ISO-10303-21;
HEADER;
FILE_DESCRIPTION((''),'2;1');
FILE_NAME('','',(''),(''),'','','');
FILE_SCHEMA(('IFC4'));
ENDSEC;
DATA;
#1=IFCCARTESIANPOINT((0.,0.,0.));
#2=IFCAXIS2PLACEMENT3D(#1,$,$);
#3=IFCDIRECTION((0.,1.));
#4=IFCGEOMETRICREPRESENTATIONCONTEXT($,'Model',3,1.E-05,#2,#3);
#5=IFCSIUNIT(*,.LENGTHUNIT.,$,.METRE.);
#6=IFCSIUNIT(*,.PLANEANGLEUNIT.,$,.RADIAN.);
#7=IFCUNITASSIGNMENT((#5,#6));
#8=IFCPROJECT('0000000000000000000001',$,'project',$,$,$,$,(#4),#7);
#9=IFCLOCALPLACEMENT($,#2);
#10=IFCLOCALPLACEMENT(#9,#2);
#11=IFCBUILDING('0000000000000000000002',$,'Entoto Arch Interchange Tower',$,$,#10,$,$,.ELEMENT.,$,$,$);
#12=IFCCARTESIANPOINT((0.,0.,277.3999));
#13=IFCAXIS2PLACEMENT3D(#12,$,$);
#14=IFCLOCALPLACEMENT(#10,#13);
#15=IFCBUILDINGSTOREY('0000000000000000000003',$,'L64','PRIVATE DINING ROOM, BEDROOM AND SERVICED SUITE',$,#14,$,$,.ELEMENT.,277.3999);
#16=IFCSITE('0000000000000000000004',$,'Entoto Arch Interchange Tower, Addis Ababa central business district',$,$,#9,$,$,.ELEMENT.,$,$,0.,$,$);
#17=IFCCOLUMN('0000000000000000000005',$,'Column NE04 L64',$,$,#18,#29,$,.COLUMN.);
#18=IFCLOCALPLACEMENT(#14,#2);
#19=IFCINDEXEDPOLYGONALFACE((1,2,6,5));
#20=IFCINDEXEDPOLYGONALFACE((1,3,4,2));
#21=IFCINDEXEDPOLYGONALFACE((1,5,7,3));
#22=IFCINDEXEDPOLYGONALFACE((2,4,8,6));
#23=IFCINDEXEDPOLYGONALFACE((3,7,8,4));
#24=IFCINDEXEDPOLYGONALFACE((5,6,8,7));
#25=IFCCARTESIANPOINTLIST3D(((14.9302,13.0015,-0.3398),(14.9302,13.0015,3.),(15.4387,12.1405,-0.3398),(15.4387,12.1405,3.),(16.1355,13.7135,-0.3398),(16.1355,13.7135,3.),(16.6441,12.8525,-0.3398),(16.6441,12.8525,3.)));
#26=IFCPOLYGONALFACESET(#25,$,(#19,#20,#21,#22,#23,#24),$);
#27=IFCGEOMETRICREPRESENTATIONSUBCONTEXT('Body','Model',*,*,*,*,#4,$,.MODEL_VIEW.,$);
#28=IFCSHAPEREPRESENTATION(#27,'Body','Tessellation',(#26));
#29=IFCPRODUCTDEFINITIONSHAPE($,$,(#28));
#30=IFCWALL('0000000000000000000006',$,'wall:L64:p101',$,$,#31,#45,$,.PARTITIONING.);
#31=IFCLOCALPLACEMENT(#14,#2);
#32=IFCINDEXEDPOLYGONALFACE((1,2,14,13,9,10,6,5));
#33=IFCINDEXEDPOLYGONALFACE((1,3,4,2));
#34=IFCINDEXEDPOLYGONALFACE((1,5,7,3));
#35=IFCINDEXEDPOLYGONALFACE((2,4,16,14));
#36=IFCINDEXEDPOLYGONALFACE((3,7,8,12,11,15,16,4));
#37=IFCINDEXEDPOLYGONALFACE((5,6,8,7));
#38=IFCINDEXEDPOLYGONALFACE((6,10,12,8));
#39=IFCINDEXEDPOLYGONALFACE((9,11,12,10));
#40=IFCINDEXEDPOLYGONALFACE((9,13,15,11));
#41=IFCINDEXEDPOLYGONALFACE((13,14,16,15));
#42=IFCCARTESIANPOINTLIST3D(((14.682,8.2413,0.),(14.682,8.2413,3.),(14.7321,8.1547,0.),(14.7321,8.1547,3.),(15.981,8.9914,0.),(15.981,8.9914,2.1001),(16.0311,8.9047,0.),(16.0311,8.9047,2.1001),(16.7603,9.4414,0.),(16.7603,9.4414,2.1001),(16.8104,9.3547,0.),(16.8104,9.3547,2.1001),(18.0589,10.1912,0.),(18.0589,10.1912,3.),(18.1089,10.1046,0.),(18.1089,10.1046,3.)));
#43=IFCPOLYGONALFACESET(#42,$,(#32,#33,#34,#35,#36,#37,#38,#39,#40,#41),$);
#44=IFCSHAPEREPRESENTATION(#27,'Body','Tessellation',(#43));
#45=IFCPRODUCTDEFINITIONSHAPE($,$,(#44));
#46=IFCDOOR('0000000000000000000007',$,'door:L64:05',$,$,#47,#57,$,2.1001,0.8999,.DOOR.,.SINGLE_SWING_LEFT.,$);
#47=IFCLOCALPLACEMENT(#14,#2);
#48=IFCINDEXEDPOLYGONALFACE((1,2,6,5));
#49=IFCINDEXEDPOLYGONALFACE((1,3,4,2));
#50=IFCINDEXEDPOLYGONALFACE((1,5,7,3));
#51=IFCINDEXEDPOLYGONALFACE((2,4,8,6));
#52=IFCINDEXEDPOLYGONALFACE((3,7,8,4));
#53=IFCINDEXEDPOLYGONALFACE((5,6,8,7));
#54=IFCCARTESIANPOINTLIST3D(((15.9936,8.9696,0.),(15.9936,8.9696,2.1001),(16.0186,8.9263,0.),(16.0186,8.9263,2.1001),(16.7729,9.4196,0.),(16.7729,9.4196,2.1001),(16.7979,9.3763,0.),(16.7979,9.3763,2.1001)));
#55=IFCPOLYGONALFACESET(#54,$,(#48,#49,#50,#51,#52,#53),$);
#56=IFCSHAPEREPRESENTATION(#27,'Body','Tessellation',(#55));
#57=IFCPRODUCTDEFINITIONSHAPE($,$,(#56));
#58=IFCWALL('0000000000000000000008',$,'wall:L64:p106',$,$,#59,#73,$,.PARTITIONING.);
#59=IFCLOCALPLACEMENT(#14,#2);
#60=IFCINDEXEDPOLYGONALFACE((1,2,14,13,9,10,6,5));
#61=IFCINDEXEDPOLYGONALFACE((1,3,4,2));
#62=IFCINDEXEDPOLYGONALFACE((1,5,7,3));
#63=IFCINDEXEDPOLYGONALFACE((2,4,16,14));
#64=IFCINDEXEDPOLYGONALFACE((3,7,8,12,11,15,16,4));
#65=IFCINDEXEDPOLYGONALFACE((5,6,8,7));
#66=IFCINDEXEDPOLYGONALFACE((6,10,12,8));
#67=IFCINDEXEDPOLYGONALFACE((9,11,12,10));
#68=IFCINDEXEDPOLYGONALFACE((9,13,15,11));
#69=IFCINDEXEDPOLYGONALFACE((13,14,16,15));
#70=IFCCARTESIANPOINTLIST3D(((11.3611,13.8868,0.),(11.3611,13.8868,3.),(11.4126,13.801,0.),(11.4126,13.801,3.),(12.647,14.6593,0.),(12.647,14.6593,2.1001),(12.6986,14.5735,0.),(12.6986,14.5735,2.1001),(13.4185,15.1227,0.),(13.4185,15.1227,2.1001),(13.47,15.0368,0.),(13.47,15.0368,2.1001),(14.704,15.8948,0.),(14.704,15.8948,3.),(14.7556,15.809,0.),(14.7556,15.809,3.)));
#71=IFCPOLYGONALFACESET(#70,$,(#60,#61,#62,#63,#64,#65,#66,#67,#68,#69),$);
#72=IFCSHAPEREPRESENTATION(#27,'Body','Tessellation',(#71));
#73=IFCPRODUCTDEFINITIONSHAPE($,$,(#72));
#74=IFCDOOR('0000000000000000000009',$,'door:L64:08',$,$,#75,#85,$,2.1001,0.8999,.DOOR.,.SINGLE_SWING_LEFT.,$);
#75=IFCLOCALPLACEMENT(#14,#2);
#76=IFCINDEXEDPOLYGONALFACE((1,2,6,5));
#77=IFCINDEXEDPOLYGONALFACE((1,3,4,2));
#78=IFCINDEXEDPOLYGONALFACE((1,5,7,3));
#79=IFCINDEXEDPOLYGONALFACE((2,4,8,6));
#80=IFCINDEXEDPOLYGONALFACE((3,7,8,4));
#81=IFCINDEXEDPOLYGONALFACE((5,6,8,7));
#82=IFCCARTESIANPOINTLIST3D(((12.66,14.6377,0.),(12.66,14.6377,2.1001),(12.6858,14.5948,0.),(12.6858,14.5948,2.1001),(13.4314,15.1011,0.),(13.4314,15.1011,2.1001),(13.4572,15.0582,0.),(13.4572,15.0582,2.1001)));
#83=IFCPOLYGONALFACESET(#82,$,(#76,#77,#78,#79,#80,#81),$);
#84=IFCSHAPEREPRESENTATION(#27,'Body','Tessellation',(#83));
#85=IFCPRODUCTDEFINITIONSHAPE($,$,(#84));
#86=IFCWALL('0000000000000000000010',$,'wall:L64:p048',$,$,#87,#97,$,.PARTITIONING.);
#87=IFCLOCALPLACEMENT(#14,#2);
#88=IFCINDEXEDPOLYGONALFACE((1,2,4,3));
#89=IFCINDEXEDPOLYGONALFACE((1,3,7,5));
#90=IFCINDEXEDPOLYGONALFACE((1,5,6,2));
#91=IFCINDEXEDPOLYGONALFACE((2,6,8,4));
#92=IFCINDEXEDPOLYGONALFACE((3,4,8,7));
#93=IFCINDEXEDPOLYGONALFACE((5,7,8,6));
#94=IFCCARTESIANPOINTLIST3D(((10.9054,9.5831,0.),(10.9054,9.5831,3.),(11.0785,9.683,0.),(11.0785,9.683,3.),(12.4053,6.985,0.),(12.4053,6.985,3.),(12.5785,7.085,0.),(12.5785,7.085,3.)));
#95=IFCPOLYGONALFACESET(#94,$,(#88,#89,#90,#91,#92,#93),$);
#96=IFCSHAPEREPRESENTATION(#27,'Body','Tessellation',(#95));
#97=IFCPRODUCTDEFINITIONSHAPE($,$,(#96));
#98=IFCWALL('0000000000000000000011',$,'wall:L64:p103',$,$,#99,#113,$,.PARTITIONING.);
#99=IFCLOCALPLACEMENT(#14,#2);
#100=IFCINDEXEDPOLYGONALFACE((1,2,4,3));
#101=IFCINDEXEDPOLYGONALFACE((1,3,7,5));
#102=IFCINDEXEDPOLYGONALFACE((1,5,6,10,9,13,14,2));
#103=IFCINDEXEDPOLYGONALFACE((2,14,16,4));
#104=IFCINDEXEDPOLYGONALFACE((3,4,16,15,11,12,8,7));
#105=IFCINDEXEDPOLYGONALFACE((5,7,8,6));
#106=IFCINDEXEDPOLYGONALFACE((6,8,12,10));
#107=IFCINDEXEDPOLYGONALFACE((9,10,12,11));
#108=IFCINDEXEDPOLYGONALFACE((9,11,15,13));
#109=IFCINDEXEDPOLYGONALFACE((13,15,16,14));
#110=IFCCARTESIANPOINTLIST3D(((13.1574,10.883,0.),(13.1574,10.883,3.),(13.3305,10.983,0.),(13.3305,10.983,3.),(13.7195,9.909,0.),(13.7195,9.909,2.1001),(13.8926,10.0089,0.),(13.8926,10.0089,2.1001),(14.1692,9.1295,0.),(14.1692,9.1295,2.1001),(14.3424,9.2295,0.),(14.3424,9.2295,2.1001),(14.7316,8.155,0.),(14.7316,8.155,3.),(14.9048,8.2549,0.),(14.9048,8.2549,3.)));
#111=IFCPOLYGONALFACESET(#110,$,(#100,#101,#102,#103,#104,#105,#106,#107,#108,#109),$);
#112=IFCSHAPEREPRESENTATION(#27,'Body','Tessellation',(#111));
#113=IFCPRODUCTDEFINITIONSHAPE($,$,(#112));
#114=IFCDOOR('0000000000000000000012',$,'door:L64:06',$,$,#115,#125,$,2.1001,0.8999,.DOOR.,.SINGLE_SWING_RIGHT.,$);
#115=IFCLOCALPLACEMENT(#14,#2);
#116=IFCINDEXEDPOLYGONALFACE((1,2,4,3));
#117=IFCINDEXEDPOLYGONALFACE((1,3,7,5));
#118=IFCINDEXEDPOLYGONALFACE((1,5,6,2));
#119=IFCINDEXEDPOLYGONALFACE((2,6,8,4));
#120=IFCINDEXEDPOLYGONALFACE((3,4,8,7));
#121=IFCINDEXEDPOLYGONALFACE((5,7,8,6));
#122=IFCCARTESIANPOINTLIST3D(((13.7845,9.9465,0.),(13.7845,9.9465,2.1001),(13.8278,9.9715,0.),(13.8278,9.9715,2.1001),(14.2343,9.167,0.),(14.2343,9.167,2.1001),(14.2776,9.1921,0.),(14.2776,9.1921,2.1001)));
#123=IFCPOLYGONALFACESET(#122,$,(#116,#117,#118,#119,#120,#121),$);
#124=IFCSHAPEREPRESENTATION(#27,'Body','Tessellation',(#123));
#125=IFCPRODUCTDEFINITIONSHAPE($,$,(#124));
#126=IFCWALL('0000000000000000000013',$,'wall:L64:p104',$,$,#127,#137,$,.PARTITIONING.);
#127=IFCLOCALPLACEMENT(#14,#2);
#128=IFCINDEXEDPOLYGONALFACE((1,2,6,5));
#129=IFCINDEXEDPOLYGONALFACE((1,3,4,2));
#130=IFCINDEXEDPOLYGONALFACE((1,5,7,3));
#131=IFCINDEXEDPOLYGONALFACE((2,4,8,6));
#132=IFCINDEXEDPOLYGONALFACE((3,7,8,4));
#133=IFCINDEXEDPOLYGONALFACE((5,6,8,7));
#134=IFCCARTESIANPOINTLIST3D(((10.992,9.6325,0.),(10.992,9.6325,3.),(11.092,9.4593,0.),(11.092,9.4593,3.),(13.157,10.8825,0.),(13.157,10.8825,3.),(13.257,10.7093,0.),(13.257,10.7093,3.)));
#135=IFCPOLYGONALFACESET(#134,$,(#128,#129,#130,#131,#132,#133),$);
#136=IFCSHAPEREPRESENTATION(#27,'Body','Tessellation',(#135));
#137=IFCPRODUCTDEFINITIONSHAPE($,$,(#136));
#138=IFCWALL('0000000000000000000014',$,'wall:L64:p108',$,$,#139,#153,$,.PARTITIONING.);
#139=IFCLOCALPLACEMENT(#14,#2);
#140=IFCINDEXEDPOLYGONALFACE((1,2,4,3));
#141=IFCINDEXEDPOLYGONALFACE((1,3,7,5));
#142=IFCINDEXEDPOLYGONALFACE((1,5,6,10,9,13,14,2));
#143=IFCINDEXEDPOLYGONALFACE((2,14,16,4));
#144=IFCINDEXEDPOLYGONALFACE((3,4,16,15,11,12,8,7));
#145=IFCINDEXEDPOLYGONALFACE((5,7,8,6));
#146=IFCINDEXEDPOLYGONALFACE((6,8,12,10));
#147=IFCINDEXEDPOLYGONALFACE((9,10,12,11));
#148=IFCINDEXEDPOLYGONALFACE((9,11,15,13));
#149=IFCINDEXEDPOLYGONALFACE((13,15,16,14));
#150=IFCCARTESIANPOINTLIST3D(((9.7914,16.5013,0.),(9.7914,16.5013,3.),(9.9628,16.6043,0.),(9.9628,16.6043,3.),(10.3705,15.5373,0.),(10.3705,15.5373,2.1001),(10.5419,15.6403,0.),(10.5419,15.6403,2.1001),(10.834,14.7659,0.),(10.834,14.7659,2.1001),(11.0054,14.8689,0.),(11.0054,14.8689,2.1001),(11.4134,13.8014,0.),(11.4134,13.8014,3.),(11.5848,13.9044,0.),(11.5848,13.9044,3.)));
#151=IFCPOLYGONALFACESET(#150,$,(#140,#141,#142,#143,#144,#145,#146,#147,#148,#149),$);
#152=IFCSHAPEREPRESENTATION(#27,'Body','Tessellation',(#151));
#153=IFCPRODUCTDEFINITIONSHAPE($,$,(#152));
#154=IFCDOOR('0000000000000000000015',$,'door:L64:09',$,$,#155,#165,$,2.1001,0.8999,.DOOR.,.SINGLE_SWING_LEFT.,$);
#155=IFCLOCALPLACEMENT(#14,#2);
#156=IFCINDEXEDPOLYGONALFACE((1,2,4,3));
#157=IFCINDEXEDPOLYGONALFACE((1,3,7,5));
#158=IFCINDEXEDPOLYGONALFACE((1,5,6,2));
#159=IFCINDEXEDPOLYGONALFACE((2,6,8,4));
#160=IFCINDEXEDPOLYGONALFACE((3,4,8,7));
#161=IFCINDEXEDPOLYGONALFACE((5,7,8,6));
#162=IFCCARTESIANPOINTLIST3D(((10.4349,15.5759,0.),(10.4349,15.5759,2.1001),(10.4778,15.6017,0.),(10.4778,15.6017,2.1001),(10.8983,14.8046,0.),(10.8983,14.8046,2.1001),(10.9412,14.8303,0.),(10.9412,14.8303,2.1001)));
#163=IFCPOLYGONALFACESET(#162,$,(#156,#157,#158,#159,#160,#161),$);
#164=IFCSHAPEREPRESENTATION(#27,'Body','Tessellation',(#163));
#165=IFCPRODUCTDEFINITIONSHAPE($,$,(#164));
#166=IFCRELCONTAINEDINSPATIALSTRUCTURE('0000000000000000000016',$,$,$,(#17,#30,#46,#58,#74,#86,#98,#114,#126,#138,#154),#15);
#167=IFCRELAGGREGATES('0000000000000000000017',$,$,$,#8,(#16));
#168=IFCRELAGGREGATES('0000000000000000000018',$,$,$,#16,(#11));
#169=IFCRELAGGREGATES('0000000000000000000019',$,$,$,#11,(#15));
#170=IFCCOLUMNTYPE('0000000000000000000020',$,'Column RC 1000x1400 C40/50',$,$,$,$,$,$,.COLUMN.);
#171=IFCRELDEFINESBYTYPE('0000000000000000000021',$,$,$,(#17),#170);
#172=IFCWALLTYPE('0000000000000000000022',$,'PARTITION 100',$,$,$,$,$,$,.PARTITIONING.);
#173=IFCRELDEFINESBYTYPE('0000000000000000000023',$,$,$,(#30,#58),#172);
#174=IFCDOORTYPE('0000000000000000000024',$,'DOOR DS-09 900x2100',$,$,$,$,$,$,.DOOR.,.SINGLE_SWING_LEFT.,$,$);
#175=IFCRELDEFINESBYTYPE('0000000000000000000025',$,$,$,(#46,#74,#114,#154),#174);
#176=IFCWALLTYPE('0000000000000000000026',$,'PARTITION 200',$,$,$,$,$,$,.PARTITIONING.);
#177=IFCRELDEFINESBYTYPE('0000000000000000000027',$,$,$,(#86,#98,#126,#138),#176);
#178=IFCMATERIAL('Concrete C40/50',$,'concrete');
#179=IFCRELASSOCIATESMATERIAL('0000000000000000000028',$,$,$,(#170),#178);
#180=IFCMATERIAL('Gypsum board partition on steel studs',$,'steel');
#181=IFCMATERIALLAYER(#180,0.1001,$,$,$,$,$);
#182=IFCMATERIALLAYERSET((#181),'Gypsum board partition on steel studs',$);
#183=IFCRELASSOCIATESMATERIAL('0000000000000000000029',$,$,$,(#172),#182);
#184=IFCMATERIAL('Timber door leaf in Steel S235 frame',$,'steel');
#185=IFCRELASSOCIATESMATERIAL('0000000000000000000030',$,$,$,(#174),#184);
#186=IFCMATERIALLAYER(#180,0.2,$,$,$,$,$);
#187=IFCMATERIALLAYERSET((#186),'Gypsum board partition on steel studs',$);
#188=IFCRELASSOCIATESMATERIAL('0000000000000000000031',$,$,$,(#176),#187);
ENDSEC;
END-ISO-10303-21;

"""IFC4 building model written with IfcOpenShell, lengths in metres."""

from ifc_helpers import new_model, si_unit, direction, frame, frame_2d, origin, origin_2d, place, context, subcontext, project, spatial, rectangle, extrude, material, layer, layer_set, material_profile, profile_set, type_object, element, fill, save


model = new_model("IFC4")

# Units and contexts
model_context = context("Model", 3, precision=1e-05, world=origin(), true_north=direction((0.0, 1.0)))
body_context = subcontext(model_context, "Body", "Model", "MODEL_VIEW")
ifc_project = project(units=[si_unit("LENGTHUNIT", "METRE"), si_unit("PLANEANGLEUNIT", "RADIAN")], contexts=[model_context])

# Site, building, storey
site_placement = place(None, origin())
site = spatial("IfcSite", under=ifc_project, at=site_placement, Name="Entoto Arch Interchange Tower, Addis Ababa central business district", CompositionType="ELEMENT", RefElevation=0.0)
building_placement = place(site_placement, origin())
building = spatial("IfcBuilding", under=site, at=building_placement, Name="Entoto Arch Interchange Tower", CompositionType="ELEMENT")
storey_placement = place(building_placement, frame((0.0, 0.0, 277.3999)))
storey = spatial("IfcBuildingStorey", under=building, at=storey_placement, Name="L64", Description="PRIVATE DINING ROOM, BEDROOM AND SERVICED SUITE", CompositionType="ELEMENT", Elevation=277.3999)

# Column
ifc_material_1 = material(Name="Concrete C40/50", Category="concrete")
ifc_material_profile = material_profile(ifc_material_1, rectangle(XDim=1.0, YDim=1.3999, at=origin_2d()))
ifc_profile_set = profile_set([ifc_material_profile], Name="Concrete C40/50")
column_type = type_object("IfcColumnType", Name="Column RC 1000x1400 C40/50", PredefinedType="COLUMN", material=ifc_profile_set)
column_placement = place(storey_placement, frame((15.7871, 12.927, -0.3398), z_axis=(0.0, 0.0, 1.0), x_axis=(-0.508576, 0.861017, 0.0)))
element("IfcColumn", 1, at=column_placement, inside=storey, type_object=column_type, Name="Column NE04 L64", PredefinedType="COLUMN", context=body_context, shape_type="SweptSolid", body=[
    extrude(rectangle(XDim=1.0, YDim=1.3999, at=origin_2d()), origin(), (0.0, 0.0, 1.0), 3.3398),
])

# Walls, openings, doors
ifc_material_2 = material(Name="Gypsum board partition on steel studs", Category="steel")
ifc_layer_1 = layer(ifc_material_2, 0.1001)
ifc_layer_set_1 = layer_set([ifc_layer_1], Name="Gypsum board partition on steel studs")
wall_type_1 = type_object("IfcWallType", Name="PARTITION 100", PredefinedType="PARTITIONING", material=ifc_layer_set_1)
wall_1_placement = place(storey_placement, frame((14.707, 8.198, 0.0), z_axis=(0.0, 0.0, 1.0), x_axis=(0.865996, 0.500051, 0.0)))
wall_1 = element("IfcWall", 2, at=wall_1_placement, inside=storey, type_object=wall_type_1, Name="wall:L64:p101", PredefinedType="PARTITIONING", context=body_context, shape_type="SweptSolid", body=[
    extrude(rectangle(XDim=3.8994, YDim=0.1001, at=frame_2d((1.9497, 0.0))), origin(), (0.0, 0.0, 1.0), 3.0),
])
opening_1_placement = place(wall_1_placement, frame((1.5, 0.0, 0.0)))
opening_1 = element("IfcOpeningElement", 3, at=opening_1_placement, cuts=wall_1, PredefinedType="OPENING", context=body_context, shape_type="SweptSolid", body=[
    extrude(rectangle(XDim=0.8999, YDim=2.1001, at=frame_2d((0.45, 1.05))), frame((0.0, 0.0601, 0.0), z_axis=(0.0, -1.0, 0.0), x_axis=(1.0, 0.0, 0.0)), (0.0, 0.0, 1.0), 0.1201),
])
ifc_material_3 = material(Name="Timber door leaf in Steel S235 frame", Category="steel")
door_type = type_object("IfcDoorType", Name="DOOR DS-09 900x2100", OperationType="SINGLE_SWING_LEFT", PredefinedType="DOOR", material=ifc_material_3)
door_1_placement = place(opening_1_placement, origin())
door_1 = element("IfcDoor", 4, at=door_1_placement, inside=storey, type_object=door_type, Name="door:L64:05", OperationType="SINGLE_SWING_LEFT", OverallHeight=2.1001, OverallWidth=0.8999, PredefinedType="DOOR", context=body_context, shape_type="SweptSolid", body=[
    extrude(rectangle(XDim=0.8999, YDim=2.1001, at=frame_2d((0.45, 1.05))), frame((0.0, 0.0249, 0.0), z_axis=(0.0, -1.0, 0.0), x_axis=(1.0, 0.0, 0.0)), (0.0, 0.0, 1.0), 0.05),
])
fill(opening_1, door_1)
wall_2_placement = place(storey_placement, frame((11.387, 13.844, 0.0), z_axis=(0.0, 0.0, 1.0), x_axis=(0.857239, 0.514919, 0.0)))
wall_2 = element("IfcWall", 5, at=wall_2_placement, inside=storey, type_object=wall_type_1, Name="wall:L64:p106", PredefinedType="PARTITIONING", context=body_context, shape_type="SweptSolid", body=[
    extrude(rectangle(XDim=3.8997, YDim=0.1001, at=frame_2d((1.9497, 0.0))), origin(), (0.0, 0.0, 1.0), 3.0),
])
opening_2_placement = place(wall_2_placement, frame((1.5, 0.0, 0.0)))
opening_2 = element("IfcOpeningElement", 6, at=opening_2_placement, cuts=wall_2, PredefinedType="OPENING", context=body_context, shape_type="SweptSolid", body=[
    extrude(rectangle(XDim=0.8999, YDim=2.1001, at=frame_2d((0.45, 1.05))), frame((0.0, 0.0601, 0.0), z_axis=(0.0, -1.0, 0.0), x_axis=(1.0, 0.0, 0.0)), (0.0, 0.0, 1.0), 0.1201),
])
door_2_placement = place(opening_2_placement, origin())
door_2 = element("IfcDoor", 7, at=door_2_placement, inside=storey, type_object=door_type, Name="door:L64:08", OperationType="SINGLE_SWING_LEFT", OverallHeight=2.1001, OverallWidth=0.8999, PredefinedType="DOOR", context=body_context, shape_type="SweptSolid", body=[
    extrude(rectangle(XDim=0.8999, YDim=2.1001, at=frame_2d((0.45, 1.05))), frame((0.0, 0.0249, 0.0), z_axis=(0.0, -1.0, 0.0), x_axis=(1.0, 0.0, 0.0)), (0.0, 0.0, 1.0), 0.05),
])
fill(opening_2, door_2)

# Wall
ifc_layer_2 = layer(ifc_material_2, 0.2)
ifc_layer_set_2 = layer_set([ifc_layer_2], Name="Gypsum board partition on steel studs")
wall_type_2 = type_object("IfcWallType", Name="PARTITION 200", PredefinedType="PARTITIONING", material=ifc_layer_set_2)
wall_3_placement = place(storey_placement, frame((10.9919, 9.6331, 0.0), z_axis=(0.0, 0.0, 1.0), x_axis=(0.49999, -0.866031, 0.0)))
element("IfcWall", 8, at=wall_3_placement, inside=storey, type_object=wall_type_2, Name="wall:L64:p048", PredefinedType="PARTITIONING", context=body_context, shape_type="SweptSolid", body=[
    extrude(rectangle(XDim=3.0, YDim=0.2, at=frame_2d((1.5, 0.0))), origin(), (0.0, 0.0, 1.0), 3.0),
])

# Wall, opening, door
wall_4_placement = place(storey_placement, frame((14.8181, 8.2051, 0.0), z_axis=(0.0, 0.0, 1.0), x_axis=(-0.499807, 0.866137, 0.0)))
wall_4 = element("IfcWall", 9, at=wall_4_placement, inside=storey, type_object=wall_type_2, Name="wall:L64:p103", PredefinedType="PARTITIONING", context=body_context, shape_type="SweptSolid", body=[
    extrude(rectangle(XDim=3.1497, YDim=0.2, at=frame_2d((1.5747, 0.0))), origin(), (0.0, 0.0, 1.0), 3.0),
])
opening_3_placement = place(wall_4_placement, frame((1.125, 0.0, 0.0)))
opening_3 = element("IfcOpeningElement", 10, at=opening_3_placement, cuts=wall_4, PredefinedType="OPENING", context=body_context, shape_type="SweptSolid", body=[
    extrude(rectangle(XDim=0.8999, YDim=2.1001, at=frame_2d((0.45, 1.05))), frame((0.0, 0.1099, 0.0), z_axis=(0.0, -1.0, 0.0), x_axis=(1.0, 0.0, 0.0)), (0.0, 0.0, 1.0), 0.22),
])
door_3_placement = place(opening_3_placement, origin())
door_3 = element("IfcDoor", 11, at=door_3_placement, inside=storey, type_object=door_type, Name="door:L64:06", OperationType="SINGLE_SWING_RIGHT", OverallHeight=2.1001, OverallWidth=0.8999, PredefinedType="DOOR", context=body_context, shape_type="SweptSolid", body=[
    extrude(rectangle(XDim=0.8999, YDim=2.1001, at=frame_2d((0.45, 1.05))), frame((0.0, 0.0249, 0.0), z_axis=(0.0, -1.0, 0.0), x_axis=(1.0, 0.0, 0.0)), (0.0, 0.0, 1.0), 0.05),
])
fill(opening_3, door_3)

# Wall
wall_5_placement = place(storey_placement, frame((13.207, 10.7959, 0.0), z_axis=(0.0, 0.0, 1.0), x_axis=(-0.866023, -0.500004, 0.0)))
element("IfcWall", 12, at=wall_5_placement, inside=storey, type_object=wall_type_2, Name="wall:L64:p104", PredefinedType="PARTITIONING", context=body_context, shape_type="SweptSolid", body=[
    extrude(rectangle(XDim=2.5, YDim=0.2, at=frame_2d((1.25, 0.0))), origin(), (0.0, 0.0, 1.0), 3.0),
])

# Wall, opening, door
wall_6_placement = place(storey_placement, frame((11.499, 13.853, 0.0), z_axis=(0.0, 0.0, 1.0), x_axis=(-0.514986, 0.857199, 0.0)))
wall_6 = element("IfcWall", 13, at=wall_6_placement, inside=storey, type_object=wall_type_2, Name="wall:L64:p108", PredefinedType="PARTITIONING", context=body_context, shape_type="SweptSolid", body=[
    extrude(rectangle(XDim=3.1497, YDim=0.2, at=frame_2d((1.5747, 0.0))), origin(), (0.0, 0.0, 1.0), 3.0),
])
opening_4_placement = place(wall_6_placement, frame((1.125, 0.0, 0.0)))
opening_4 = element("IfcOpeningElement", 14, at=opening_4_placement, cuts=wall_6, PredefinedType="OPENING", context=body_context, shape_type="SweptSolid", body=[
    extrude(rectangle(XDim=0.8999, YDim=2.1001, at=frame_2d((0.45, 1.05))), frame((0.0, 0.1099, 0.0), z_axis=(0.0, -1.0, 0.0), x_axis=(1.0, 0.0, 0.0)), (0.0, 0.0, 1.0), 0.22),
])
door_4_placement = place(opening_4_placement, origin())
door_4 = element("IfcDoor", 15, at=door_4_placement, inside=storey, type_object=door_type, Name="door:L64:09", OperationType="SINGLE_SWING_LEFT", OverallHeight=2.1001, OverallWidth=0.8999, PredefinedType="DOOR", context=body_context, shape_type="SweptSolid", body=[
    extrude(rectangle(XDim=0.8999, YDim=2.1001, at=frame_2d((0.45, 1.05))), frame((0.0, 0.0249, 0.0), z_axis=(0.0, -1.0, 0.0), x_axis=(1.0, 0.0, 0.0)), (0.0, 0.0, 1.0), 0.05),
])
fill(opening_4, door_4)

save(model, "model.ifc")
